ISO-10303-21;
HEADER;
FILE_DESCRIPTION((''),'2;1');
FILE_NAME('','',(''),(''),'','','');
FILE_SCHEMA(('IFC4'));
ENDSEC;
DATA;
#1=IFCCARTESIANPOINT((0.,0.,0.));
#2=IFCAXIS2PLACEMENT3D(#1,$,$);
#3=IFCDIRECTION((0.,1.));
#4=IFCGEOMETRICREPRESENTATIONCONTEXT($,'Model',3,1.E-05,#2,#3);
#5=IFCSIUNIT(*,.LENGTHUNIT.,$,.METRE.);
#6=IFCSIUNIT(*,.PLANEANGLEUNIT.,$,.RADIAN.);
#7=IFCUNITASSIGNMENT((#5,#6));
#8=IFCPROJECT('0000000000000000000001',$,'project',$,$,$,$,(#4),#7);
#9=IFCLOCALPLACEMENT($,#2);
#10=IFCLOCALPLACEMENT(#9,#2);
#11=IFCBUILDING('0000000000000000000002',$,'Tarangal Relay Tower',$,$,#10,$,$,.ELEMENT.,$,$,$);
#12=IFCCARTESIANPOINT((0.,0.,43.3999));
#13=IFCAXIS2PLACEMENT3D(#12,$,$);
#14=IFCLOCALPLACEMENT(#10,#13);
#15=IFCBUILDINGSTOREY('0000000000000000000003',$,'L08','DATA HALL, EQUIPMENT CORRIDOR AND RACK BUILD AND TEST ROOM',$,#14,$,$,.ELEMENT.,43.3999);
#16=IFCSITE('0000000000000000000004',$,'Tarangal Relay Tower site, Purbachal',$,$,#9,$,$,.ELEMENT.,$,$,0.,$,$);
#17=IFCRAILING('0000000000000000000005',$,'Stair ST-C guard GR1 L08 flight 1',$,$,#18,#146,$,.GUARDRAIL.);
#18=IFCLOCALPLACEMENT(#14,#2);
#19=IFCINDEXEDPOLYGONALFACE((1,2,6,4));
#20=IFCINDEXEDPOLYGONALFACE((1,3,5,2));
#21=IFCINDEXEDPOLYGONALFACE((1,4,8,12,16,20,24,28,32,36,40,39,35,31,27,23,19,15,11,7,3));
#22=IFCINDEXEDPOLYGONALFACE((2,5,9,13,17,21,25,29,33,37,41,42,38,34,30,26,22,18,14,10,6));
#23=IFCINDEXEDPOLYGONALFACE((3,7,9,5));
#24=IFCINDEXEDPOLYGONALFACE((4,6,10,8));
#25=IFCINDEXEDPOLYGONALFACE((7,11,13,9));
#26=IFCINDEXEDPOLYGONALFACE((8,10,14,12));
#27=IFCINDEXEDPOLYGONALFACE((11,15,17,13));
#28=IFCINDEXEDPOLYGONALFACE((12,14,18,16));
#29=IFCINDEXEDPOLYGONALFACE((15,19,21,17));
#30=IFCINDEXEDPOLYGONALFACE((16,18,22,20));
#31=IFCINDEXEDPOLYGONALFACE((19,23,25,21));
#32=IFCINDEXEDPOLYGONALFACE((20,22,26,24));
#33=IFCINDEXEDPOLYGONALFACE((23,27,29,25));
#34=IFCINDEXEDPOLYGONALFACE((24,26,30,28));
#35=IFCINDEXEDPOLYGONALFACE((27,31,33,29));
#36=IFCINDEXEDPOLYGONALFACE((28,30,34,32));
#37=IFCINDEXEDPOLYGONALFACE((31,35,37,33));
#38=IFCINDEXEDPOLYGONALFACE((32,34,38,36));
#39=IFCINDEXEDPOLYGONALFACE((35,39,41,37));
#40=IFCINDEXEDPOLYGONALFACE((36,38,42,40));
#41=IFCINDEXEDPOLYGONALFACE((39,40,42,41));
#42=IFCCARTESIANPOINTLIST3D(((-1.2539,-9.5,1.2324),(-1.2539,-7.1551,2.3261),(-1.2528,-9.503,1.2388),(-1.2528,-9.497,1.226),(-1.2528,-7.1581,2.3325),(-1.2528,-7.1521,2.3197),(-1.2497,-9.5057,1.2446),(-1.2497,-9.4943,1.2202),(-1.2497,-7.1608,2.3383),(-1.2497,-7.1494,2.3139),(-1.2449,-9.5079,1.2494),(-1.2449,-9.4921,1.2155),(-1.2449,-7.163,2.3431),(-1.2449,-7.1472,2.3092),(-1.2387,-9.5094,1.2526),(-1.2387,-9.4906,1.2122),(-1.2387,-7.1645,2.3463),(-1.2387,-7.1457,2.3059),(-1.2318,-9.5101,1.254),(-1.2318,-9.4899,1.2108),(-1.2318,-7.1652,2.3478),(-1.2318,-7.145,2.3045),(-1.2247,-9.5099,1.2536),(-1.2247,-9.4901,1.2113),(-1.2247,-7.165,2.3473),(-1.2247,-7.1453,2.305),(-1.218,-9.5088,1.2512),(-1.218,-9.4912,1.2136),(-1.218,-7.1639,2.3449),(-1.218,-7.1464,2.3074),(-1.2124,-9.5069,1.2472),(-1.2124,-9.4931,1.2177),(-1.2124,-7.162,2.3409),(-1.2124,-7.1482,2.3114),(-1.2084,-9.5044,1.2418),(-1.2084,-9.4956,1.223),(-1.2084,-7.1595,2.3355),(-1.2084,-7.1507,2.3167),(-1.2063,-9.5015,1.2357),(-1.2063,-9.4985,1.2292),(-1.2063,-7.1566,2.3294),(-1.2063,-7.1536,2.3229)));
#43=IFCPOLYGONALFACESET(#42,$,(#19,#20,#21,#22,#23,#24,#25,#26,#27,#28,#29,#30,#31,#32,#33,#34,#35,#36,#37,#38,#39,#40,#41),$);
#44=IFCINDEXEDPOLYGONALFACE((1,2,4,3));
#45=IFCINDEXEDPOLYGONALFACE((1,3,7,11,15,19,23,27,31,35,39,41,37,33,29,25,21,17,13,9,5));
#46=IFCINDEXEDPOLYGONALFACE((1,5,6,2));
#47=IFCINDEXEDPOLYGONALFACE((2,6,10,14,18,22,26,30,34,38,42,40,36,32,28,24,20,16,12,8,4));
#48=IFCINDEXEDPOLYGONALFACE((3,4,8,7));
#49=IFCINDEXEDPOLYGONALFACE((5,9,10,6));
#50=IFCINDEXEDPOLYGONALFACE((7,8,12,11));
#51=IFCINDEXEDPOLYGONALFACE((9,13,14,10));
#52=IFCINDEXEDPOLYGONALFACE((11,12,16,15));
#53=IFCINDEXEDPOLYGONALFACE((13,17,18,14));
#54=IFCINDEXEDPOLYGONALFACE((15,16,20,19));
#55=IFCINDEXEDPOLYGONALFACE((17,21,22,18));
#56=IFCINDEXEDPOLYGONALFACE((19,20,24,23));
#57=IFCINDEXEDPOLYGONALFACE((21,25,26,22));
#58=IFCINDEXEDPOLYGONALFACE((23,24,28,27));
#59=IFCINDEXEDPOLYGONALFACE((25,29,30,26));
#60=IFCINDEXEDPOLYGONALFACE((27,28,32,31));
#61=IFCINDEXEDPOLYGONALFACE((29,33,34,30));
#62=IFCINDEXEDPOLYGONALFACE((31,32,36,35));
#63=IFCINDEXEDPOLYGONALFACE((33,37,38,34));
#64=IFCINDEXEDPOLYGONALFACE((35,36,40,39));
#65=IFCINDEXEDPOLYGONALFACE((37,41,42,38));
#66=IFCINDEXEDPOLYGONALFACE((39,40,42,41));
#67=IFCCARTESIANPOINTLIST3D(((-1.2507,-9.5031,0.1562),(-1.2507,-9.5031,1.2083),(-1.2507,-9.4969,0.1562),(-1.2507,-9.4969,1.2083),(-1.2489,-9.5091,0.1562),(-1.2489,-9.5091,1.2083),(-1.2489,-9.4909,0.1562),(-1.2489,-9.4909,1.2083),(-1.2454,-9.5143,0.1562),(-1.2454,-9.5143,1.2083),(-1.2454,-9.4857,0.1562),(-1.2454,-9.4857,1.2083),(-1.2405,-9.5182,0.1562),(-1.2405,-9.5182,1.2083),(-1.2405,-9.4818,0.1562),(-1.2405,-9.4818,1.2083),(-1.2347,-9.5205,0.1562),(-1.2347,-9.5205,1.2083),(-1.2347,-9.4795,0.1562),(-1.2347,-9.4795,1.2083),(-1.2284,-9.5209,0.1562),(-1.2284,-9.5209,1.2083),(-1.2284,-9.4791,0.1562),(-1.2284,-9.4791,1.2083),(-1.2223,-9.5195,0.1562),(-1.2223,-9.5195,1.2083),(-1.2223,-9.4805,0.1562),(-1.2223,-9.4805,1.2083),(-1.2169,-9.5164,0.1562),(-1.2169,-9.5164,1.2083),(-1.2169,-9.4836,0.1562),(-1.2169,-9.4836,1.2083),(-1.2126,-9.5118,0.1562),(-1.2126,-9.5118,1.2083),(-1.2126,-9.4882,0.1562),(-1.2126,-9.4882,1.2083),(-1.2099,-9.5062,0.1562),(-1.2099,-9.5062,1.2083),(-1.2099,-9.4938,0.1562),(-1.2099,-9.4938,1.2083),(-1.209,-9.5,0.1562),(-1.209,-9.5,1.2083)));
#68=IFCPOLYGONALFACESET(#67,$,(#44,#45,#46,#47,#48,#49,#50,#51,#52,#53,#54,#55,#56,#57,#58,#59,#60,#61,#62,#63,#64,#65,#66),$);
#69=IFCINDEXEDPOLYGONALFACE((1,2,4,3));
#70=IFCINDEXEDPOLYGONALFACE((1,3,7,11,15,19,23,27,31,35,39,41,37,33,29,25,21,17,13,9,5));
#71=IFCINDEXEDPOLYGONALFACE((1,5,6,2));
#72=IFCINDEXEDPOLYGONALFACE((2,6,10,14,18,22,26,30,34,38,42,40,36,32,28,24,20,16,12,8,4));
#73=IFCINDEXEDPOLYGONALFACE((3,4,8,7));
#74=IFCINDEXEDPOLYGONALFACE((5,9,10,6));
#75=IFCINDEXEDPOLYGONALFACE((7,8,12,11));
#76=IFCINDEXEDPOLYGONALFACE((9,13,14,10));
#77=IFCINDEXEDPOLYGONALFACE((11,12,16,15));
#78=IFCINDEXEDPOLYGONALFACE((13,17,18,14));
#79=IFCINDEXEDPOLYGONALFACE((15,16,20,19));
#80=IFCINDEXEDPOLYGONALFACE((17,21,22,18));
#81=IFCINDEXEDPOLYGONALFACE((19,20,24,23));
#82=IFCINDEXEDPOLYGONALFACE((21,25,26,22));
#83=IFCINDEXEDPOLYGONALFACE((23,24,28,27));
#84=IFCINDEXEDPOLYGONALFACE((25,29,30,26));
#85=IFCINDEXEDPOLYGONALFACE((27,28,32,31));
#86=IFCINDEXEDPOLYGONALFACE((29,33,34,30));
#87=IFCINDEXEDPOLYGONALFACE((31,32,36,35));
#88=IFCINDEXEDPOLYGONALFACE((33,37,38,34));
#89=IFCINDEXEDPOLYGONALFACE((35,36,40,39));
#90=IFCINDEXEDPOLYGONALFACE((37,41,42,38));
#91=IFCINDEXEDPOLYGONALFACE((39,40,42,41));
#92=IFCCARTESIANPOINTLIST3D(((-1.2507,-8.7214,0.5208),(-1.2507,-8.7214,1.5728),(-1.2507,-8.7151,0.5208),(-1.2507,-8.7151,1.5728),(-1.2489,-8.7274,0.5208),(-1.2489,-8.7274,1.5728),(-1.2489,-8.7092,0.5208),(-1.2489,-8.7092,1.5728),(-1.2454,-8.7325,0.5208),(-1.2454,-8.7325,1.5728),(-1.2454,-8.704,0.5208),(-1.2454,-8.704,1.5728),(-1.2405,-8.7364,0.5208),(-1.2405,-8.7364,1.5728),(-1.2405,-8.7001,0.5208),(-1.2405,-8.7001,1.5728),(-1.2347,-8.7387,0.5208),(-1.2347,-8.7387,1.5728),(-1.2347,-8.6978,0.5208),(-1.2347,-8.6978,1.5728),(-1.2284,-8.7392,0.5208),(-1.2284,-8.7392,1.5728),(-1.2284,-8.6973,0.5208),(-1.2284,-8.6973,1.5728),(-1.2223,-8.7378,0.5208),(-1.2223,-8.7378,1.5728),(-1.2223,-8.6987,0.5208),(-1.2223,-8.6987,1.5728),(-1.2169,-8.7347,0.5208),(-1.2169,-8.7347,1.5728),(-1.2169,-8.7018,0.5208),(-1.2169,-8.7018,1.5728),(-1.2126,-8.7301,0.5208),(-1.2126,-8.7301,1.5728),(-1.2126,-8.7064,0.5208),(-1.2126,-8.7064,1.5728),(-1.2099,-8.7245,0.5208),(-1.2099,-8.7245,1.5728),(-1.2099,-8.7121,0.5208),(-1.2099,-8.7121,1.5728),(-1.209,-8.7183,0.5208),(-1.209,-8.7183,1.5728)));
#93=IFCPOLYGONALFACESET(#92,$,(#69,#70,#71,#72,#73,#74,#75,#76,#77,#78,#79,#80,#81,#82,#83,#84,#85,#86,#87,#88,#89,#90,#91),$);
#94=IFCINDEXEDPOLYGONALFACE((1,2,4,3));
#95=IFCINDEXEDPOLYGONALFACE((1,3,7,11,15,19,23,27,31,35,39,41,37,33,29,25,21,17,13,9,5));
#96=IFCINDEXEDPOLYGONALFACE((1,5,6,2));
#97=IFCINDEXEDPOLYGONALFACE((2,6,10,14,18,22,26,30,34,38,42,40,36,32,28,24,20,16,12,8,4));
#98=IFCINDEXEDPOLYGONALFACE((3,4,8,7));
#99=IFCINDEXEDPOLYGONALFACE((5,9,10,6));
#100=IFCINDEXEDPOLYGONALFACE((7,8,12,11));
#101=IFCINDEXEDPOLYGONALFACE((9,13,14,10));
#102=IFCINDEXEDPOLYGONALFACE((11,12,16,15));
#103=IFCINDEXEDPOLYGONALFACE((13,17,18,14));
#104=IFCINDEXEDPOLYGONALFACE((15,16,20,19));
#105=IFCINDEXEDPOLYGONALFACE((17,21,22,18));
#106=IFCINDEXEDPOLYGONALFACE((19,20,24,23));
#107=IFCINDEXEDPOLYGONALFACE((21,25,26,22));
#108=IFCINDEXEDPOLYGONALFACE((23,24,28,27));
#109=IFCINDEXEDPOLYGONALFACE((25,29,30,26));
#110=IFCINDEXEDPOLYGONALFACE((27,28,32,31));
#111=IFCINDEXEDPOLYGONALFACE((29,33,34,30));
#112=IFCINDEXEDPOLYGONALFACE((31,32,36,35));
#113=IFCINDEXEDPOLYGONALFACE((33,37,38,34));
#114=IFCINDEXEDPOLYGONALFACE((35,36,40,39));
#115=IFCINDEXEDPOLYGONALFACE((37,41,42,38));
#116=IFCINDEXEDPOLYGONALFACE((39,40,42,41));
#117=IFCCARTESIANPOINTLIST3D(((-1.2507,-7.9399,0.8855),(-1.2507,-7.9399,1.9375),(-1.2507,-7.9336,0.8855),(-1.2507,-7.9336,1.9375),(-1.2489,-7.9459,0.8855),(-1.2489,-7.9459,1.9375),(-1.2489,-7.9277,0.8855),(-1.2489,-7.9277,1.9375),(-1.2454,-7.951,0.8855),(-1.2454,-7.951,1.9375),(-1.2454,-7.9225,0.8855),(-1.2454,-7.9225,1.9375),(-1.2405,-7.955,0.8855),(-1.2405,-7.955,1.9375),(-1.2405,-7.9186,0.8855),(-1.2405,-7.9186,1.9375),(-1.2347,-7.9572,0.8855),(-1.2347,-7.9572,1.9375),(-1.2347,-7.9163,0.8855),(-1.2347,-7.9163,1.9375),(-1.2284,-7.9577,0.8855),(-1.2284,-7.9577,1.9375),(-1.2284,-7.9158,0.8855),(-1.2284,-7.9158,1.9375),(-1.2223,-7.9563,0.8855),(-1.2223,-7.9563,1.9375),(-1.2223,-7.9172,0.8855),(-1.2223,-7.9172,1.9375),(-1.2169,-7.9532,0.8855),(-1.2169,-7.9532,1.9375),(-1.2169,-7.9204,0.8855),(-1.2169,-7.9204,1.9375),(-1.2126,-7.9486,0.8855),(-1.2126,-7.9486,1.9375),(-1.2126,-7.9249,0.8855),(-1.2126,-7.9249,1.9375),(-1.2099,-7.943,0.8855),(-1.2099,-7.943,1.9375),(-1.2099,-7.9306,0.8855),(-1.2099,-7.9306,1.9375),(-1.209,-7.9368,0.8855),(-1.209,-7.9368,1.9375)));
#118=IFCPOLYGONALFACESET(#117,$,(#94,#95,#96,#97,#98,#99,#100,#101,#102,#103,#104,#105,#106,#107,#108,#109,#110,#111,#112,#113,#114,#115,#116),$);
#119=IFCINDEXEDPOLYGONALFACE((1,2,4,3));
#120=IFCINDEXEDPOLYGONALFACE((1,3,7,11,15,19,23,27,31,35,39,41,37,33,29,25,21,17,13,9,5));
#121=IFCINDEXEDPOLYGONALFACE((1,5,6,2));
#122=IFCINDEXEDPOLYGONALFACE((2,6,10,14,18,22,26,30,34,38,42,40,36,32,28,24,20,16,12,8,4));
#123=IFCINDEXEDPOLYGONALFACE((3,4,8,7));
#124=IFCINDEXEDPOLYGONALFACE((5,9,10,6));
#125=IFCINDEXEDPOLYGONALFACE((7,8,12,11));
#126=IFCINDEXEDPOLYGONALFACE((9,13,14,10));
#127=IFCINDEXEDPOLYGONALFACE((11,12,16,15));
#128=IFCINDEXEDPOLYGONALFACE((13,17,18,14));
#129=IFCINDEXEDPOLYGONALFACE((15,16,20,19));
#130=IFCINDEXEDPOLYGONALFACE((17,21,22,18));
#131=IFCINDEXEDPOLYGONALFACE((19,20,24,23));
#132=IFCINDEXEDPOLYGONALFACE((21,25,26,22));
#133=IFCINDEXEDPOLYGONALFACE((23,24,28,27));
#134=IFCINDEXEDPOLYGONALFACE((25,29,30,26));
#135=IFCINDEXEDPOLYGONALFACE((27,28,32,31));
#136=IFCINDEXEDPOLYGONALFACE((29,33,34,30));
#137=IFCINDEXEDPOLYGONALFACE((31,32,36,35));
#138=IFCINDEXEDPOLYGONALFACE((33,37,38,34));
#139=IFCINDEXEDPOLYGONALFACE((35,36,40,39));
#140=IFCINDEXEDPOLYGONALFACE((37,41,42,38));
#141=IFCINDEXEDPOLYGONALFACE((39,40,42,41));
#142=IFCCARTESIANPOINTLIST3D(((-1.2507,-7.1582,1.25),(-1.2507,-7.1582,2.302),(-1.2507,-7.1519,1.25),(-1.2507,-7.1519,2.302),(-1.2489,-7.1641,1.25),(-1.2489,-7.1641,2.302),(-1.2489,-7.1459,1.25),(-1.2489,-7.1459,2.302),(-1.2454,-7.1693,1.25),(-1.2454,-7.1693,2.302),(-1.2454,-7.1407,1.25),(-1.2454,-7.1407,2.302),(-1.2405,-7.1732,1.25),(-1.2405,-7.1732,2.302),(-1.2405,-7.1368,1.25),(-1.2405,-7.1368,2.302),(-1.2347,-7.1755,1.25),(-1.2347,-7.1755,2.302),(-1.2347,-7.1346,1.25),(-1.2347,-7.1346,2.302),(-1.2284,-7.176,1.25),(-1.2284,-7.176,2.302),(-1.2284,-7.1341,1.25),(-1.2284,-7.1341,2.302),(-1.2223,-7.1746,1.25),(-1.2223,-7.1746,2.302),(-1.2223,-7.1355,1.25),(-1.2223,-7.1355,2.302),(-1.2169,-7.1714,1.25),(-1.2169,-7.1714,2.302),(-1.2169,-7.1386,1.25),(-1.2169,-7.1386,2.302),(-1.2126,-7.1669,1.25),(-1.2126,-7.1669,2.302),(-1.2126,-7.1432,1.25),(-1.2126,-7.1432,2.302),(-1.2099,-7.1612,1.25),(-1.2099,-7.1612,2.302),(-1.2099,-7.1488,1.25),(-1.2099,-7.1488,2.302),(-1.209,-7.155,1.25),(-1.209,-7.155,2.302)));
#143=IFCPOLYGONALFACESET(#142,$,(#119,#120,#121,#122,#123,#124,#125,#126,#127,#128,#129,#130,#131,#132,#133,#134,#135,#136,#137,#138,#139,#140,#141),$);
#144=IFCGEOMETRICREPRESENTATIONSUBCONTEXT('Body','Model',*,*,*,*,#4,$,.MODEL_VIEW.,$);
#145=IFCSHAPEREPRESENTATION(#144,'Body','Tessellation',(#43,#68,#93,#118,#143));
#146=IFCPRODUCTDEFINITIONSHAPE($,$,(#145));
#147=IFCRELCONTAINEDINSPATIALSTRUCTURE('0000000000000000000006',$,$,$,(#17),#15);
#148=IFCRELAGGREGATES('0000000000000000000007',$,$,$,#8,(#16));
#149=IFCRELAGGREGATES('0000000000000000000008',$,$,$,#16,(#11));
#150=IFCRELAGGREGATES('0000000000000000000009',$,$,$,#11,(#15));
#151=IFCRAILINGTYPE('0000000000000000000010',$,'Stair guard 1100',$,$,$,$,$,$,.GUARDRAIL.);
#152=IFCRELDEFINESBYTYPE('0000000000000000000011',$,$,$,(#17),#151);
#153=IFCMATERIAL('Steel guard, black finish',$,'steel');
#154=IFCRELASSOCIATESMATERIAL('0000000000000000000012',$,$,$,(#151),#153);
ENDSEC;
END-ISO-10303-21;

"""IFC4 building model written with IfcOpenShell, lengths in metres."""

from ifc_helpers import new_model, si_unit, direction, frame, origin, origin_2d, place, context, subcontext, project, spatial, circle, extrude, material, type_object, element, save


model = new_model("IFC4")

# Units and contexts
model_context = context("Model", 3, precision=1e-05, world=origin(), true_north=direction((0.0, 1.0)))
body_context = subcontext(model_context, "Body", "Model", "MODEL_VIEW")
ifc_project = project(units=[si_unit("LENGTHUNIT", "METRE"), si_unit("PLANEANGLEUNIT", "RADIAN")], contexts=[model_context])

# Site, building, storey
site_placement = place(None, origin())
site = spatial("IfcSite", under=ifc_project, at=site_placement, Name="Tarangal Relay Tower site, Purbachal", CompositionType="ELEMENT", RefElevation=0.0)
building_placement = place(site_placement, origin())
building = spatial("IfcBuilding", under=site, at=building_placement, Name="Tarangal Relay Tower", CompositionType="ELEMENT")
storey_placement = place(building_placement, frame((0.0, 0.0, 43.3999)))
storey = spatial("IfcBuildingStorey", under=building, at=storey_placement, Name="L08", Description="DATA HALL, EQUIPMENT CORRIDOR AND RACK BUILD AND TEST ROOM", CompositionType="ELEMENT", Elevation=43.3999)

# Railing
ifc_material_1 = material(Name="Steel guard, black finish", Category="steel")
railing_type_1 = type_object("IfcRailingType", Name="Stair guard 1100", PredefinedType="GUARDRAIL", material=ifc_material_1)
for number, where, name in (
    (1, (-1.23, -9.5, 0.1562), "Stair ST-C guard GR1 L08 flight 1"),
):
    element("IfcRailing", number, at=place(storey_placement, frame(where)), inside=storey, type_object=railing_type_1, Name=name, PredefinedType="GUARDRAIL", context=body_context, shape_type="SweptSolid", body=[
        extrude(circle(Radius=0.0239, at=origin_2d()), frame((0.0, 0.0, 1.0762), z_axis=(0.0, 0.906267, 0.422705), x_axis=(-1.0, 0.0, 0.0)), (0.0, 0.0, 1.0), 2.5874),
        extrude(circle(Radius=0.021, at=origin_2d()), origin(), (0.0, 0.0, 1.0), 1.052),
        extrude(circle(Radius=0.021, at=origin_2d()), frame((0.0, 0.7817, 0.3645)), (0.0, 0.0, 1.0), 1.052),
        extrude(circle(Radius=0.021, at=origin_2d()), frame((0.0, 1.5632, 0.7292)), (0.0, 0.0, 1.0), 1.052),
        extrude(circle(Radius=0.021, at=origin_2d()), frame((0.0, 2.345, 1.0938)), (0.0, 0.0, 1.0), 1.052),
    ])

save(model, "model.ifc")
